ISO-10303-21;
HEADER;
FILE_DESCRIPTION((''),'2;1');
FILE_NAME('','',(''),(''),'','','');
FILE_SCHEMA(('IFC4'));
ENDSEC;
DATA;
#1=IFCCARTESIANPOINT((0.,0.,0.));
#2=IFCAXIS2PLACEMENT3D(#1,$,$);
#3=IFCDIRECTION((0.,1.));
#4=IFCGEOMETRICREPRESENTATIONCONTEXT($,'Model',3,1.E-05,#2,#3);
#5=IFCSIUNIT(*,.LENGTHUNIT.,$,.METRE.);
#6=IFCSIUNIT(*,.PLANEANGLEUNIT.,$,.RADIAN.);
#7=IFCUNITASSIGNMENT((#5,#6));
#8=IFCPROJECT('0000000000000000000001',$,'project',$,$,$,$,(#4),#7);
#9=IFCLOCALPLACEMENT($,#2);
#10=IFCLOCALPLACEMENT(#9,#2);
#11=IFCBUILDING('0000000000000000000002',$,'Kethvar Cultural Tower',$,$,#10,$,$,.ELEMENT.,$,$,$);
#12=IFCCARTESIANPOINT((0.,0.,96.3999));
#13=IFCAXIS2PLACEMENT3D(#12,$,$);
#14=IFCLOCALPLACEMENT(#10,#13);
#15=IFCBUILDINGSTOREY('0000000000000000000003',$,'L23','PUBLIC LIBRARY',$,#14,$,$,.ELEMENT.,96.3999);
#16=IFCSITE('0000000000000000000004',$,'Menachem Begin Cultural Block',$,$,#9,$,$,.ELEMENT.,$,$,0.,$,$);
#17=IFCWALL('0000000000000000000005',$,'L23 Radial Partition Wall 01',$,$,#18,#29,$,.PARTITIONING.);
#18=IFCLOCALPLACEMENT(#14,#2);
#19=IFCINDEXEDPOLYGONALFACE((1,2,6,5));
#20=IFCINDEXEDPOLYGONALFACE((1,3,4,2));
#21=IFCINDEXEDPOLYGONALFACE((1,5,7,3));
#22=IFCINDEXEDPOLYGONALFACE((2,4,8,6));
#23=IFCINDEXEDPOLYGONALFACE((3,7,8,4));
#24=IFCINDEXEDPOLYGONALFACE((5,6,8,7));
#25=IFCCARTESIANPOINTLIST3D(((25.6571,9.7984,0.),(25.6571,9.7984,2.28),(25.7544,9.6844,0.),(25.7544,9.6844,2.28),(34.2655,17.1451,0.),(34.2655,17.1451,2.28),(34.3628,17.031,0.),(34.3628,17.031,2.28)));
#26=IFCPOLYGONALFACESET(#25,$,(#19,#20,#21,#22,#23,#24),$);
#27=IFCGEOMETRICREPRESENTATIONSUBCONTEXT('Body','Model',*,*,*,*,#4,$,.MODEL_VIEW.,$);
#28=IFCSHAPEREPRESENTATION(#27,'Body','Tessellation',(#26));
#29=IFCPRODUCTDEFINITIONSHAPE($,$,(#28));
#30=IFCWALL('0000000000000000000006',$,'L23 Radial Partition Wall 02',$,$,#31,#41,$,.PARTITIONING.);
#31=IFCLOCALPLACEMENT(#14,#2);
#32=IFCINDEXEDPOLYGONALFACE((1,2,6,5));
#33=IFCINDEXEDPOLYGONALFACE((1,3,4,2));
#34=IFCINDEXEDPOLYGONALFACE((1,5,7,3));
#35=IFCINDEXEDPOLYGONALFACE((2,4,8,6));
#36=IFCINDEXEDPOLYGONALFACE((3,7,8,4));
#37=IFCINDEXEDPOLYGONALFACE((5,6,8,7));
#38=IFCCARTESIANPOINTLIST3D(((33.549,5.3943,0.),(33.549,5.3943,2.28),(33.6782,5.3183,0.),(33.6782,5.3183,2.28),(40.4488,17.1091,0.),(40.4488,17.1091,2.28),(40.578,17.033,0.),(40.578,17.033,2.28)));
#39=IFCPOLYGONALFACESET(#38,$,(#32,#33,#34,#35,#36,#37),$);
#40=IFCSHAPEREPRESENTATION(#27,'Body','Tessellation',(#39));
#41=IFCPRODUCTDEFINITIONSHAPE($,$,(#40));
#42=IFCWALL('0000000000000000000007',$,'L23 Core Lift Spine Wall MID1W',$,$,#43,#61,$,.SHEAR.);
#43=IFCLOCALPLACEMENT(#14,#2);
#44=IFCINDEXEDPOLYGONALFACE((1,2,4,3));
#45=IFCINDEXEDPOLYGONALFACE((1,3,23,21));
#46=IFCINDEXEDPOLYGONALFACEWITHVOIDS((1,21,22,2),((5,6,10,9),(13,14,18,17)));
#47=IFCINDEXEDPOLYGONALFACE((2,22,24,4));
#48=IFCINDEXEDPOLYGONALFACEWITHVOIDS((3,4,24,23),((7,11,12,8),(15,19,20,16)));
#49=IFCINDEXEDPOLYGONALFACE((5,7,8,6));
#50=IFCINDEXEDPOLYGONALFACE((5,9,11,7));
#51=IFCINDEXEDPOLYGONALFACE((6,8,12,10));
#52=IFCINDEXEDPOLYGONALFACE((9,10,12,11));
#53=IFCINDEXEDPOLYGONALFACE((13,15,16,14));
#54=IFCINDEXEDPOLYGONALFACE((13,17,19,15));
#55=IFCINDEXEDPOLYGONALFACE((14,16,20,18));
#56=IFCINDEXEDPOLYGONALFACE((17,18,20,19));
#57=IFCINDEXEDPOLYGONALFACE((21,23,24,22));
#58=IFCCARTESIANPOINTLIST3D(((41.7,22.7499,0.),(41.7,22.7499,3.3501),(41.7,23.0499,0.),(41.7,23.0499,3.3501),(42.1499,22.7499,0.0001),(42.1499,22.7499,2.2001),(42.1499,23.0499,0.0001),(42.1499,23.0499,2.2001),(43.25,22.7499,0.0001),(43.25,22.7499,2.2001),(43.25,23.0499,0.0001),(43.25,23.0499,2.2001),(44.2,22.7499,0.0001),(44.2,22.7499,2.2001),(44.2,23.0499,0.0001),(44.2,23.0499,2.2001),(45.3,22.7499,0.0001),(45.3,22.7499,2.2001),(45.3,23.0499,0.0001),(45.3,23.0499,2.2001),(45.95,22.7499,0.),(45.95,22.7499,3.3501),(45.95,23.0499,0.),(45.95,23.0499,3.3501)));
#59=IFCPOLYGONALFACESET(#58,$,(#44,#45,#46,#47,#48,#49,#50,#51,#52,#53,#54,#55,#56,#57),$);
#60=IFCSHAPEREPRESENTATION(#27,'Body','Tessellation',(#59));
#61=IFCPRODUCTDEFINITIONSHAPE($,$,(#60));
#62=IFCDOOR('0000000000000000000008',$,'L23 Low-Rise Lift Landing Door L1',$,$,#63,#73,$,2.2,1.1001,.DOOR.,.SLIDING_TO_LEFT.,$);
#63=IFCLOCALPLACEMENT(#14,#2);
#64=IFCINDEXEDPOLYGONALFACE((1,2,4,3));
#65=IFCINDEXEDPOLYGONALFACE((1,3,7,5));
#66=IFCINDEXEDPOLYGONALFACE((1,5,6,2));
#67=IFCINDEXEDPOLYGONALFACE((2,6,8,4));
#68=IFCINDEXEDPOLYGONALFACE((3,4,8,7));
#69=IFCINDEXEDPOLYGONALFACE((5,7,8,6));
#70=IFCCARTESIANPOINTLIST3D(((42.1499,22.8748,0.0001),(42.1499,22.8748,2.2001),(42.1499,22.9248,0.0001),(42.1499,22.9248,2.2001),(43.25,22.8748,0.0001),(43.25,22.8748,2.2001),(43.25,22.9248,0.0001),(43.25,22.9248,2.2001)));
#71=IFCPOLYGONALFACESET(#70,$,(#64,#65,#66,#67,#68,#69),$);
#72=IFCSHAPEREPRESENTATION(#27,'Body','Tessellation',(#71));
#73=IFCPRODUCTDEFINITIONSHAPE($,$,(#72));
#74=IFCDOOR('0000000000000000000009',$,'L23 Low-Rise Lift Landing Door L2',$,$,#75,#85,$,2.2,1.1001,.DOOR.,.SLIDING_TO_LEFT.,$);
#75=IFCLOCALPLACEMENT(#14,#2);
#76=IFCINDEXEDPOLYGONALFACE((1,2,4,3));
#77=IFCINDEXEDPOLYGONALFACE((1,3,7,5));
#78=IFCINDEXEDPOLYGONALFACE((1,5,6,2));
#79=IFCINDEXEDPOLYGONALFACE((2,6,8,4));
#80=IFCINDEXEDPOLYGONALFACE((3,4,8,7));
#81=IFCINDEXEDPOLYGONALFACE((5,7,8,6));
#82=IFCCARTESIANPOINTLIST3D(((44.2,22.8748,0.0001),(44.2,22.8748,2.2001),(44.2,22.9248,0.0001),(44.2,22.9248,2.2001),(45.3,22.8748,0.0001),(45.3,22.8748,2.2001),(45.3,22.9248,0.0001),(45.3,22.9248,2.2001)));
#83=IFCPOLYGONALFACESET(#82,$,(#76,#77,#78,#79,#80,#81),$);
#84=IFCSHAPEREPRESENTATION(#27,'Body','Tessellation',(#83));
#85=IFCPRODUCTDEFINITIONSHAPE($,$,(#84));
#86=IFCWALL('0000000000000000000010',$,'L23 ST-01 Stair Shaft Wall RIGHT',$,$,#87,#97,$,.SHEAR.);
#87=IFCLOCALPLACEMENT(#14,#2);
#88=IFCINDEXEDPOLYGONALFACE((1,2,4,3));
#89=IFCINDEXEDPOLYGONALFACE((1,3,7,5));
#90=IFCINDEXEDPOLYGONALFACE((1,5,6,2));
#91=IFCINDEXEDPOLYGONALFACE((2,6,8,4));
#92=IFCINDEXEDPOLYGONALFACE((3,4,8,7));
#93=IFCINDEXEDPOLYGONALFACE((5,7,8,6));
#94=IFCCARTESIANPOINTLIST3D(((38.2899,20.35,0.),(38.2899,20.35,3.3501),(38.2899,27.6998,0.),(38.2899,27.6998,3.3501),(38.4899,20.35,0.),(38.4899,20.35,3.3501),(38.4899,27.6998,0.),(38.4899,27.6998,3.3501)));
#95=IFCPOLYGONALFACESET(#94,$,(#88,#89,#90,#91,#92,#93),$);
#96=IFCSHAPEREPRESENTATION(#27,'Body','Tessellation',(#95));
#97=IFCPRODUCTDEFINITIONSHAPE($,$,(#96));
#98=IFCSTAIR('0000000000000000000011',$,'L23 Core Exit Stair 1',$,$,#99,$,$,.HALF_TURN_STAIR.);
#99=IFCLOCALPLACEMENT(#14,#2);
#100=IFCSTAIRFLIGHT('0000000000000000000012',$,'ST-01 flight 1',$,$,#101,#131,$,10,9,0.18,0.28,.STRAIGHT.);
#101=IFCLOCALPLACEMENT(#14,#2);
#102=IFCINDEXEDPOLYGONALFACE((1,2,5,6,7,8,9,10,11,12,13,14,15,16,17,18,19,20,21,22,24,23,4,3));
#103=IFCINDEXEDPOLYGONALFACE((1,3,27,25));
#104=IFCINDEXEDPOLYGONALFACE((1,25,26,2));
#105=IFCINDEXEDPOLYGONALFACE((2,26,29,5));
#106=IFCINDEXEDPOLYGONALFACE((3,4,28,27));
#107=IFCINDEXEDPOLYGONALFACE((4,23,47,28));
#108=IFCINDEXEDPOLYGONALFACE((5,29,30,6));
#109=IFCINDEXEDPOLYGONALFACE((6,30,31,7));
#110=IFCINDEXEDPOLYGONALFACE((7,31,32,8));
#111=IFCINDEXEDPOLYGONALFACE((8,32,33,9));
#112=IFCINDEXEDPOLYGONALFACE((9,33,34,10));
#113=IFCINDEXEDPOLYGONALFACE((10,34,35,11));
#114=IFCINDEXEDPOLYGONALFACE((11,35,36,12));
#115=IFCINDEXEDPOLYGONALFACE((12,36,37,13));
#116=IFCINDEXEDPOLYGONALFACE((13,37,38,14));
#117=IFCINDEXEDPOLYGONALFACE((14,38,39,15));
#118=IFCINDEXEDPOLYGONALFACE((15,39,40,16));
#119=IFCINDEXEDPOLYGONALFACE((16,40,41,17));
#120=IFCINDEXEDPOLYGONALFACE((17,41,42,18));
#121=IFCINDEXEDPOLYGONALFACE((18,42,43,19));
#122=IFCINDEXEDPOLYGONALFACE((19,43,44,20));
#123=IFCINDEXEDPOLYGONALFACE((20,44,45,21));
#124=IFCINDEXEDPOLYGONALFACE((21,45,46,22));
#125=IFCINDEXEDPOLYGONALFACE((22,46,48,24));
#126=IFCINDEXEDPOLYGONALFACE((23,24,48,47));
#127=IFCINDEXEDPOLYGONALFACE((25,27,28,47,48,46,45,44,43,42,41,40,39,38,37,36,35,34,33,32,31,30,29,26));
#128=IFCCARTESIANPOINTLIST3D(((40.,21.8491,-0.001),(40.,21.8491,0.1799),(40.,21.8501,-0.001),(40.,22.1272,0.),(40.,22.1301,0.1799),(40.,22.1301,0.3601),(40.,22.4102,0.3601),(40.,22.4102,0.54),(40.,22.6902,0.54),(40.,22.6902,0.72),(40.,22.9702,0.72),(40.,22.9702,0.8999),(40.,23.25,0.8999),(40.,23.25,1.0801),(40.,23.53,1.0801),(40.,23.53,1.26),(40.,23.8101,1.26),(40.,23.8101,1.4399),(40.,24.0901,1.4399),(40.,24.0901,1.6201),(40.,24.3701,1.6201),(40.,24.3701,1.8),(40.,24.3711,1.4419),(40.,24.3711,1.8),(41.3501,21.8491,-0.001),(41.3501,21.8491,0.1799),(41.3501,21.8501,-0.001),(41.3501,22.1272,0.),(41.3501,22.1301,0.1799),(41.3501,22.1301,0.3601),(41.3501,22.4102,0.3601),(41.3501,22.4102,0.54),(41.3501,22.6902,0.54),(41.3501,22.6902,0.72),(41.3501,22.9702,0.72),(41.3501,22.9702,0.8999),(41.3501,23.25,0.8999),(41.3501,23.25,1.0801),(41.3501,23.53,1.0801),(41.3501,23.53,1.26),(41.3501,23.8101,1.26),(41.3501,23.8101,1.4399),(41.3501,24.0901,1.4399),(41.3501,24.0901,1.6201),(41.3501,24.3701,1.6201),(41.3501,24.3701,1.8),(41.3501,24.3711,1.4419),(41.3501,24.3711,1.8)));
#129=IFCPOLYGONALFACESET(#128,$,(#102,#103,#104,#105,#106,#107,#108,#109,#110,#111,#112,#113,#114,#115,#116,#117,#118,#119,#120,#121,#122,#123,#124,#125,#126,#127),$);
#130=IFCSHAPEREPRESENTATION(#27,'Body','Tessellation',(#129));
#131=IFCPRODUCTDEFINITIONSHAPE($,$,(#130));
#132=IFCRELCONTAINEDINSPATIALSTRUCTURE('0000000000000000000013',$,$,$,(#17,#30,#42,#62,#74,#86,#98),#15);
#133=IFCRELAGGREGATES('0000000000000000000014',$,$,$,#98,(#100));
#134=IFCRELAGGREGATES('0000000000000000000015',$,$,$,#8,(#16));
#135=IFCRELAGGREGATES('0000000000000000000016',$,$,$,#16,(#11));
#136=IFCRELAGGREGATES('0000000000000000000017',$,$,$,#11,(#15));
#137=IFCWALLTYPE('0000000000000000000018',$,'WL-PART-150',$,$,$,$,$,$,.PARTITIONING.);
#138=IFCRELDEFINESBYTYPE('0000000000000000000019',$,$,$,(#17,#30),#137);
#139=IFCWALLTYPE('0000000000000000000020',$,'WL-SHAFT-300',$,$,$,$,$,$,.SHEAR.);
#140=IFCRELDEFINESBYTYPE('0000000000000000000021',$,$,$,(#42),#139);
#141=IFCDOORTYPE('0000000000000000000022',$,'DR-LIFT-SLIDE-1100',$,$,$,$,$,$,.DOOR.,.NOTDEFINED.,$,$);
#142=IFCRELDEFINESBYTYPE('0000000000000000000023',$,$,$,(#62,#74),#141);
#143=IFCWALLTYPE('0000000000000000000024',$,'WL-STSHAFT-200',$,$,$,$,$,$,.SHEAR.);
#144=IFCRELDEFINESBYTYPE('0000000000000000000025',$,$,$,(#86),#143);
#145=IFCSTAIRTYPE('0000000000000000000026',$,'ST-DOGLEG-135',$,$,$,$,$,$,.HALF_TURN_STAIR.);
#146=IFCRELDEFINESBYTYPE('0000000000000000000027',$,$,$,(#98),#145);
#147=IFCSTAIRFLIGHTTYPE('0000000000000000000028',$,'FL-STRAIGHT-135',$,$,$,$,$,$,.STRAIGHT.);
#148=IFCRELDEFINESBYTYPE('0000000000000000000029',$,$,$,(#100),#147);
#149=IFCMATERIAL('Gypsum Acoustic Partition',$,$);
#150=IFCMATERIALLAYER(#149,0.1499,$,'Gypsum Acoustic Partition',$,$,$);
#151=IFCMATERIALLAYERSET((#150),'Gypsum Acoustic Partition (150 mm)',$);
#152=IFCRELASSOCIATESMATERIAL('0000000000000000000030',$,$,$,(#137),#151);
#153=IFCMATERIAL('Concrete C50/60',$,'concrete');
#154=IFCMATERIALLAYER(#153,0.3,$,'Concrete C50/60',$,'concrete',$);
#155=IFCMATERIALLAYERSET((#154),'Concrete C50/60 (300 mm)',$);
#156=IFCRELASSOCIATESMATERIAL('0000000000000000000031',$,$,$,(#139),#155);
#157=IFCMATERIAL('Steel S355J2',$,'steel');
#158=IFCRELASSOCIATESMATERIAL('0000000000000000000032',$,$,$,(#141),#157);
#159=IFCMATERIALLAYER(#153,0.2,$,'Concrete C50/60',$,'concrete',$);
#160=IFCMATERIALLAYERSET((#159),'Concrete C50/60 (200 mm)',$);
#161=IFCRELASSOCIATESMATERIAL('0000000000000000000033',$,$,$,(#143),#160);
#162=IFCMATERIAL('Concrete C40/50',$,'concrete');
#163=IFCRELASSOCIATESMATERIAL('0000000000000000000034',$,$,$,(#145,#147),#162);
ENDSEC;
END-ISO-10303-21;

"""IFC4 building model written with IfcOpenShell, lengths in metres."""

from ifc_helpers import new_model, si_unit, direction, frame, frame_2d, origin, place, context, subcontext, project, spatial, polyline, rectangle, outline, extrude, source, transform, mapped, material, layer, layer_set, type_object, element, fill, aggregate, save


model = new_model("IFC4")

# Units and contexts
model_context = context("Model", 3, precision=1e-05, world=origin(), true_north=direction((0.0, 1.0)))
body_context = subcontext(model_context, "Body", "Model", "MODEL_VIEW")
ifc_project = project(units=[si_unit("LENGTHUNIT", "METRE"), si_unit("PLANEANGLEUNIT", "RADIAN")], contexts=[model_context])

# Site, building, storey
site_placement = place(None, origin())
site = spatial("IfcSite", under=ifc_project, at=site_placement, Name="Menachem Begin Cultural Block", CompositionType="ELEMENT", RefElevation=0.0)
building_placement = place(site_placement, origin())
building = spatial("IfcBuilding", under=site, at=building_placement, Name="Kethvar Cultural Tower", CompositionType="ELEMENT")
storey_placement = place(building_placement, frame((0.0, 0.0, 96.3999)))
storey = spatial("IfcBuildingStorey", under=building, at=storey_placement, Name="L23", Description="PUBLIC LIBRARY", CompositionType="ELEMENT", Elevation=96.3999)

# Shared definitions
ifc_material_1 = material(Name="Steel S355J2", Category="steel")

# Walls
ifc_material_2 = material(Name="Gypsum Acoustic Partition")
ifc_layer_1 = layer(ifc_material_2, 0.1499, Name="Gypsum Acoustic Partition")
ifc_layer_set_1 = layer_set([ifc_layer_1], Name="Gypsum Acoustic Partition (150 mm)")
wall_type_1 = type_object("IfcWallType", Name="WL-PART-150", PredefinedType="PARTITIONING", material=ifc_layer_set_1)
wall_1_placement = place(storey_placement, frame((34.3142, 17.0881, 0.0), z_axis=(0.0, 0.0, 1.0), x_axis=(-0.76065, -0.649163, 0.0)))
element("IfcWall", 1, at=wall_1_placement, inside=storey, type_object=wall_type_1, Name="L23 Radial Partition Wall 01", PredefinedType="PARTITIONING", context=body_context, shape_type="SweptSolid", body=[
    extrude(rectangle(XDim=11.3171, YDim=0.1499, at=frame_2d((5.6587, 0.0))), origin(), (0.0, 0.0, 1.0), 2.28),
])
wall_2_placement = place(storey_placement, frame((40.5134, 17.071, 0.0), z_axis=(0.0, 0.0, 1.0), x_axis=(-0.507502, -0.861651, 0.0)))
element("IfcWall", 2, at=wall_2_placement, inside=storey, type_object=wall_type_1, Name="L23 Radial Partition Wall 02", PredefinedType="PARTITIONING", context=body_context, shape_type="SweptSolid", body=[
    extrude(rectangle(XDim=13.5957, YDim=0.1499, at=frame_2d((6.7979, 0.0))), origin(), (0.0, 0.0, 1.0), 2.28),
])

# Wall, openings, doors
ifc_material_3 = material(Name="Concrete C50/60", Category="concrete")
ifc_layer_2 = layer(ifc_material_3, 0.3, Name="Concrete C50/60", Category="concrete")
ifc_layer_set_2 = layer_set([ifc_layer_2], Name="Concrete C50/60 (300 mm)")
wall_type_2 = type_object("IfcWallType", Name="WL-SHAFT-300", PredefinedType="SHEAR", material=ifc_layer_set_2)
wall_3_placement = place(storey_placement, frame((41.7, 22.8999, 0.0), z_axis=(0.0, 0.0, 1.0), x_axis=(1.0, 0.0, 0.0)))
wall_3 = element("IfcWall", 3, at=wall_3_placement, inside=storey, type_object=wall_type_2, Name="L23 Core Lift Spine Wall MID1W", PredefinedType="SHEAR", context=body_context, shape_type="SweptSolid", body=[
    extrude(rectangle(XDim=4.25, YDim=0.3, at=frame_2d((2.125, 0.0))), origin(), (0.0, 0.0, 1.0), 3.3501),
])
opening_1_placement = place(wall_3_placement, frame((0.45, 0.0, 0.0)))
opening_1 = element("IfcOpeningElement", 4, at=opening_1_placement, cuts=wall_3, PredefinedType="OPENING", context=body_context, shape_type="SweptSolid", body=[
    extrude(rectangle(XDim=1.1001, YDim=2.2, at=frame_2d((0.55, 1.1001))), frame((0.0, 0.1599, 0.0), z_axis=(0.0, -1.0, 0.0), x_axis=(1.0, 0.0, 0.0)), (0.0, 0.0, 1.0), 0.3201),
])
opening_2_placement = place(wall_3_placement, frame((2.5, 0.0, 0.0)))
opening_2 = element("IfcOpeningElement", 5, at=opening_2_placement, cuts=wall_3, PredefinedType="OPENING", context=body_context, shape_type="SweptSolid", body=[
    extrude(rectangle(XDim=1.1001, YDim=2.2, at=frame_2d((0.55, 1.1001))), frame((0.0, 0.1599, 0.0), z_axis=(0.0, -1.0, 0.0), x_axis=(1.0, 0.0, 0.0)), (0.0, 0.0, 1.0), 0.3201),
])
door_type_1 = type_object("IfcDoorType", Name="DR-LIFT-SLIDE-1100", OperationType="NOTDEFINED", PredefinedType="DOOR", material=ifc_material_1)
shared_shape_1 = source(origin(), body_context, "Body", "SweptSolid", [
    extrude(rectangle(XDim=1.1001, YDim=2.2, at=frame_2d((0.55, 1.1001))), frame((0.0, 0.0249, 0.0), z_axis=(0.0, -1.0, 0.0), x_axis=(1.0, 0.0, 0.0)), (0.0, 0.0, 1.0), 0.05),
])
door_1_placement = place(opening_1_placement, origin())
door_1 = element("IfcDoor", 6, at=door_1_placement, inside=storey, type_object=door_type_1, Name="L23 Low-Rise Lift Landing Door L1", OperationType="SLIDING_TO_LEFT", OverallHeight=2.2, OverallWidth=1.1001, PredefinedType="DOOR", context=body_context, shape_type="MappedRepresentation", body=[
    mapped(shared_shape_1, transform((0.0, 0.0, 0.0), scale=1.0)),
])
fill(opening_1, door_1)
door_2_placement = place(opening_2_placement, origin())
door_2 = element("IfcDoor", 7, at=door_2_placement, inside=storey, type_object=door_type_1, Name="L23 Low-Rise Lift Landing Door L2", OperationType="SLIDING_TO_LEFT", OverallHeight=2.2, OverallWidth=1.1001, PredefinedType="DOOR", context=body_context, shape_type="MappedRepresentation", body=[
    mapped(shared_shape_1, transform((0.0, 0.0, 0.0), scale=1.0)),
])
fill(opening_2, door_2)

# Wall
ifc_layer_3 = layer(ifc_material_3, 0.2, Name="Concrete C50/60", Category="concrete")
ifc_layer_set_3 = layer_set([ifc_layer_3], Name="Concrete C50/60 (200 mm)")
wall_type_3 = type_object("IfcWallType", Name="WL-STSHAFT-200", PredefinedType="SHEAR", material=ifc_layer_set_3)
wall_4_placement = place(storey_placement, frame((38.3899, 20.3501, 0.0), z_axis=(0.0, 0.0, 1.0), x_axis=(0.0, 1.0, 0.0)))
element("IfcWall", 8, at=wall_4_placement, inside=storey, type_object=wall_type_3, Name="L23 ST-01 Stair Shaft Wall RIGHT", PredefinedType="SHEAR", context=body_context, shape_type="SweptSolid", body=[
    extrude(rectangle(XDim=7.3499, YDim=0.2, at=frame_2d((3.6748, 0.0))), origin(), (0.0, 0.0, 1.0), 3.3501),
])

# Stair, stair flight
ifc_material_4 = material(Name="Concrete C40/50", Category="concrete")
stair_type = type_object("IfcStairType", Name="ST-DOGLEG-135", PredefinedType="HALF_TURN_STAIR", material=ifc_material_4)
stair_placement = place(storey_placement, origin())
stair = element("IfcStair", 9, at=stair_placement, inside=storey, type_object=stair_type, Name="L23 Core Exit Stair 1", PredefinedType="HALF_TURN_STAIR")
stair_flight_type = type_object("IfcStairFlightType", Name="FL-STRAIGHT-135", PredefinedType="STRAIGHT", material=ifc_material_4)
stair_flight_placement = place(storey_placement, frame((40.675, 21.8501, 0.0), z_axis=(0.0, 0.0, 1.0), x_axis=(0.0, 1.0, 0.0)))
stair_flight = element("IfcStairFlight", 10, at=stair_flight_placement, type_object=stair_flight_type, Name="ST-01 flight 1", NumberOfRisers=10, NumberOfTreads=9, PredefinedType="STRAIGHT", RiserHeight=0.18, TreadLength=0.28, context=body_context, shape_type="SweptSolid", body=[
    extrude(outline(polyline([(-0.001, -0.001), (-0.001, 0.1799), (0.28, 0.1799), (0.28, 0.3601), (0.5601, 0.3601), (0.5601, 0.54), (0.8401, 0.54), (0.8401, 0.72), (1.1201, 0.72), (1.1201, 0.8999), (1.3999, 0.8999), (1.3999, 1.0801), (1.6799, 1.0801), (1.6799, 1.26), (1.96, 1.26), (1.96, 1.4399), (2.24, 1.4399), (2.24, 1.6201), (2.52, 1.6201), (2.52, 1.8), (2.521, 1.8), (2.521, 1.4419), (0.2771, 0.0), (0.0, -0.001), (-0.001, -0.001)])), frame((0.0, 0.675, 0.0), z_axis=(0.0, -1.0, 0.0), x_axis=(1.0, 0.0, 0.0)), (0.0, 0.0, 1.0), 1.3501),
])
aggregate(stair, [stair_flight])

save(model, "model.ifc")
